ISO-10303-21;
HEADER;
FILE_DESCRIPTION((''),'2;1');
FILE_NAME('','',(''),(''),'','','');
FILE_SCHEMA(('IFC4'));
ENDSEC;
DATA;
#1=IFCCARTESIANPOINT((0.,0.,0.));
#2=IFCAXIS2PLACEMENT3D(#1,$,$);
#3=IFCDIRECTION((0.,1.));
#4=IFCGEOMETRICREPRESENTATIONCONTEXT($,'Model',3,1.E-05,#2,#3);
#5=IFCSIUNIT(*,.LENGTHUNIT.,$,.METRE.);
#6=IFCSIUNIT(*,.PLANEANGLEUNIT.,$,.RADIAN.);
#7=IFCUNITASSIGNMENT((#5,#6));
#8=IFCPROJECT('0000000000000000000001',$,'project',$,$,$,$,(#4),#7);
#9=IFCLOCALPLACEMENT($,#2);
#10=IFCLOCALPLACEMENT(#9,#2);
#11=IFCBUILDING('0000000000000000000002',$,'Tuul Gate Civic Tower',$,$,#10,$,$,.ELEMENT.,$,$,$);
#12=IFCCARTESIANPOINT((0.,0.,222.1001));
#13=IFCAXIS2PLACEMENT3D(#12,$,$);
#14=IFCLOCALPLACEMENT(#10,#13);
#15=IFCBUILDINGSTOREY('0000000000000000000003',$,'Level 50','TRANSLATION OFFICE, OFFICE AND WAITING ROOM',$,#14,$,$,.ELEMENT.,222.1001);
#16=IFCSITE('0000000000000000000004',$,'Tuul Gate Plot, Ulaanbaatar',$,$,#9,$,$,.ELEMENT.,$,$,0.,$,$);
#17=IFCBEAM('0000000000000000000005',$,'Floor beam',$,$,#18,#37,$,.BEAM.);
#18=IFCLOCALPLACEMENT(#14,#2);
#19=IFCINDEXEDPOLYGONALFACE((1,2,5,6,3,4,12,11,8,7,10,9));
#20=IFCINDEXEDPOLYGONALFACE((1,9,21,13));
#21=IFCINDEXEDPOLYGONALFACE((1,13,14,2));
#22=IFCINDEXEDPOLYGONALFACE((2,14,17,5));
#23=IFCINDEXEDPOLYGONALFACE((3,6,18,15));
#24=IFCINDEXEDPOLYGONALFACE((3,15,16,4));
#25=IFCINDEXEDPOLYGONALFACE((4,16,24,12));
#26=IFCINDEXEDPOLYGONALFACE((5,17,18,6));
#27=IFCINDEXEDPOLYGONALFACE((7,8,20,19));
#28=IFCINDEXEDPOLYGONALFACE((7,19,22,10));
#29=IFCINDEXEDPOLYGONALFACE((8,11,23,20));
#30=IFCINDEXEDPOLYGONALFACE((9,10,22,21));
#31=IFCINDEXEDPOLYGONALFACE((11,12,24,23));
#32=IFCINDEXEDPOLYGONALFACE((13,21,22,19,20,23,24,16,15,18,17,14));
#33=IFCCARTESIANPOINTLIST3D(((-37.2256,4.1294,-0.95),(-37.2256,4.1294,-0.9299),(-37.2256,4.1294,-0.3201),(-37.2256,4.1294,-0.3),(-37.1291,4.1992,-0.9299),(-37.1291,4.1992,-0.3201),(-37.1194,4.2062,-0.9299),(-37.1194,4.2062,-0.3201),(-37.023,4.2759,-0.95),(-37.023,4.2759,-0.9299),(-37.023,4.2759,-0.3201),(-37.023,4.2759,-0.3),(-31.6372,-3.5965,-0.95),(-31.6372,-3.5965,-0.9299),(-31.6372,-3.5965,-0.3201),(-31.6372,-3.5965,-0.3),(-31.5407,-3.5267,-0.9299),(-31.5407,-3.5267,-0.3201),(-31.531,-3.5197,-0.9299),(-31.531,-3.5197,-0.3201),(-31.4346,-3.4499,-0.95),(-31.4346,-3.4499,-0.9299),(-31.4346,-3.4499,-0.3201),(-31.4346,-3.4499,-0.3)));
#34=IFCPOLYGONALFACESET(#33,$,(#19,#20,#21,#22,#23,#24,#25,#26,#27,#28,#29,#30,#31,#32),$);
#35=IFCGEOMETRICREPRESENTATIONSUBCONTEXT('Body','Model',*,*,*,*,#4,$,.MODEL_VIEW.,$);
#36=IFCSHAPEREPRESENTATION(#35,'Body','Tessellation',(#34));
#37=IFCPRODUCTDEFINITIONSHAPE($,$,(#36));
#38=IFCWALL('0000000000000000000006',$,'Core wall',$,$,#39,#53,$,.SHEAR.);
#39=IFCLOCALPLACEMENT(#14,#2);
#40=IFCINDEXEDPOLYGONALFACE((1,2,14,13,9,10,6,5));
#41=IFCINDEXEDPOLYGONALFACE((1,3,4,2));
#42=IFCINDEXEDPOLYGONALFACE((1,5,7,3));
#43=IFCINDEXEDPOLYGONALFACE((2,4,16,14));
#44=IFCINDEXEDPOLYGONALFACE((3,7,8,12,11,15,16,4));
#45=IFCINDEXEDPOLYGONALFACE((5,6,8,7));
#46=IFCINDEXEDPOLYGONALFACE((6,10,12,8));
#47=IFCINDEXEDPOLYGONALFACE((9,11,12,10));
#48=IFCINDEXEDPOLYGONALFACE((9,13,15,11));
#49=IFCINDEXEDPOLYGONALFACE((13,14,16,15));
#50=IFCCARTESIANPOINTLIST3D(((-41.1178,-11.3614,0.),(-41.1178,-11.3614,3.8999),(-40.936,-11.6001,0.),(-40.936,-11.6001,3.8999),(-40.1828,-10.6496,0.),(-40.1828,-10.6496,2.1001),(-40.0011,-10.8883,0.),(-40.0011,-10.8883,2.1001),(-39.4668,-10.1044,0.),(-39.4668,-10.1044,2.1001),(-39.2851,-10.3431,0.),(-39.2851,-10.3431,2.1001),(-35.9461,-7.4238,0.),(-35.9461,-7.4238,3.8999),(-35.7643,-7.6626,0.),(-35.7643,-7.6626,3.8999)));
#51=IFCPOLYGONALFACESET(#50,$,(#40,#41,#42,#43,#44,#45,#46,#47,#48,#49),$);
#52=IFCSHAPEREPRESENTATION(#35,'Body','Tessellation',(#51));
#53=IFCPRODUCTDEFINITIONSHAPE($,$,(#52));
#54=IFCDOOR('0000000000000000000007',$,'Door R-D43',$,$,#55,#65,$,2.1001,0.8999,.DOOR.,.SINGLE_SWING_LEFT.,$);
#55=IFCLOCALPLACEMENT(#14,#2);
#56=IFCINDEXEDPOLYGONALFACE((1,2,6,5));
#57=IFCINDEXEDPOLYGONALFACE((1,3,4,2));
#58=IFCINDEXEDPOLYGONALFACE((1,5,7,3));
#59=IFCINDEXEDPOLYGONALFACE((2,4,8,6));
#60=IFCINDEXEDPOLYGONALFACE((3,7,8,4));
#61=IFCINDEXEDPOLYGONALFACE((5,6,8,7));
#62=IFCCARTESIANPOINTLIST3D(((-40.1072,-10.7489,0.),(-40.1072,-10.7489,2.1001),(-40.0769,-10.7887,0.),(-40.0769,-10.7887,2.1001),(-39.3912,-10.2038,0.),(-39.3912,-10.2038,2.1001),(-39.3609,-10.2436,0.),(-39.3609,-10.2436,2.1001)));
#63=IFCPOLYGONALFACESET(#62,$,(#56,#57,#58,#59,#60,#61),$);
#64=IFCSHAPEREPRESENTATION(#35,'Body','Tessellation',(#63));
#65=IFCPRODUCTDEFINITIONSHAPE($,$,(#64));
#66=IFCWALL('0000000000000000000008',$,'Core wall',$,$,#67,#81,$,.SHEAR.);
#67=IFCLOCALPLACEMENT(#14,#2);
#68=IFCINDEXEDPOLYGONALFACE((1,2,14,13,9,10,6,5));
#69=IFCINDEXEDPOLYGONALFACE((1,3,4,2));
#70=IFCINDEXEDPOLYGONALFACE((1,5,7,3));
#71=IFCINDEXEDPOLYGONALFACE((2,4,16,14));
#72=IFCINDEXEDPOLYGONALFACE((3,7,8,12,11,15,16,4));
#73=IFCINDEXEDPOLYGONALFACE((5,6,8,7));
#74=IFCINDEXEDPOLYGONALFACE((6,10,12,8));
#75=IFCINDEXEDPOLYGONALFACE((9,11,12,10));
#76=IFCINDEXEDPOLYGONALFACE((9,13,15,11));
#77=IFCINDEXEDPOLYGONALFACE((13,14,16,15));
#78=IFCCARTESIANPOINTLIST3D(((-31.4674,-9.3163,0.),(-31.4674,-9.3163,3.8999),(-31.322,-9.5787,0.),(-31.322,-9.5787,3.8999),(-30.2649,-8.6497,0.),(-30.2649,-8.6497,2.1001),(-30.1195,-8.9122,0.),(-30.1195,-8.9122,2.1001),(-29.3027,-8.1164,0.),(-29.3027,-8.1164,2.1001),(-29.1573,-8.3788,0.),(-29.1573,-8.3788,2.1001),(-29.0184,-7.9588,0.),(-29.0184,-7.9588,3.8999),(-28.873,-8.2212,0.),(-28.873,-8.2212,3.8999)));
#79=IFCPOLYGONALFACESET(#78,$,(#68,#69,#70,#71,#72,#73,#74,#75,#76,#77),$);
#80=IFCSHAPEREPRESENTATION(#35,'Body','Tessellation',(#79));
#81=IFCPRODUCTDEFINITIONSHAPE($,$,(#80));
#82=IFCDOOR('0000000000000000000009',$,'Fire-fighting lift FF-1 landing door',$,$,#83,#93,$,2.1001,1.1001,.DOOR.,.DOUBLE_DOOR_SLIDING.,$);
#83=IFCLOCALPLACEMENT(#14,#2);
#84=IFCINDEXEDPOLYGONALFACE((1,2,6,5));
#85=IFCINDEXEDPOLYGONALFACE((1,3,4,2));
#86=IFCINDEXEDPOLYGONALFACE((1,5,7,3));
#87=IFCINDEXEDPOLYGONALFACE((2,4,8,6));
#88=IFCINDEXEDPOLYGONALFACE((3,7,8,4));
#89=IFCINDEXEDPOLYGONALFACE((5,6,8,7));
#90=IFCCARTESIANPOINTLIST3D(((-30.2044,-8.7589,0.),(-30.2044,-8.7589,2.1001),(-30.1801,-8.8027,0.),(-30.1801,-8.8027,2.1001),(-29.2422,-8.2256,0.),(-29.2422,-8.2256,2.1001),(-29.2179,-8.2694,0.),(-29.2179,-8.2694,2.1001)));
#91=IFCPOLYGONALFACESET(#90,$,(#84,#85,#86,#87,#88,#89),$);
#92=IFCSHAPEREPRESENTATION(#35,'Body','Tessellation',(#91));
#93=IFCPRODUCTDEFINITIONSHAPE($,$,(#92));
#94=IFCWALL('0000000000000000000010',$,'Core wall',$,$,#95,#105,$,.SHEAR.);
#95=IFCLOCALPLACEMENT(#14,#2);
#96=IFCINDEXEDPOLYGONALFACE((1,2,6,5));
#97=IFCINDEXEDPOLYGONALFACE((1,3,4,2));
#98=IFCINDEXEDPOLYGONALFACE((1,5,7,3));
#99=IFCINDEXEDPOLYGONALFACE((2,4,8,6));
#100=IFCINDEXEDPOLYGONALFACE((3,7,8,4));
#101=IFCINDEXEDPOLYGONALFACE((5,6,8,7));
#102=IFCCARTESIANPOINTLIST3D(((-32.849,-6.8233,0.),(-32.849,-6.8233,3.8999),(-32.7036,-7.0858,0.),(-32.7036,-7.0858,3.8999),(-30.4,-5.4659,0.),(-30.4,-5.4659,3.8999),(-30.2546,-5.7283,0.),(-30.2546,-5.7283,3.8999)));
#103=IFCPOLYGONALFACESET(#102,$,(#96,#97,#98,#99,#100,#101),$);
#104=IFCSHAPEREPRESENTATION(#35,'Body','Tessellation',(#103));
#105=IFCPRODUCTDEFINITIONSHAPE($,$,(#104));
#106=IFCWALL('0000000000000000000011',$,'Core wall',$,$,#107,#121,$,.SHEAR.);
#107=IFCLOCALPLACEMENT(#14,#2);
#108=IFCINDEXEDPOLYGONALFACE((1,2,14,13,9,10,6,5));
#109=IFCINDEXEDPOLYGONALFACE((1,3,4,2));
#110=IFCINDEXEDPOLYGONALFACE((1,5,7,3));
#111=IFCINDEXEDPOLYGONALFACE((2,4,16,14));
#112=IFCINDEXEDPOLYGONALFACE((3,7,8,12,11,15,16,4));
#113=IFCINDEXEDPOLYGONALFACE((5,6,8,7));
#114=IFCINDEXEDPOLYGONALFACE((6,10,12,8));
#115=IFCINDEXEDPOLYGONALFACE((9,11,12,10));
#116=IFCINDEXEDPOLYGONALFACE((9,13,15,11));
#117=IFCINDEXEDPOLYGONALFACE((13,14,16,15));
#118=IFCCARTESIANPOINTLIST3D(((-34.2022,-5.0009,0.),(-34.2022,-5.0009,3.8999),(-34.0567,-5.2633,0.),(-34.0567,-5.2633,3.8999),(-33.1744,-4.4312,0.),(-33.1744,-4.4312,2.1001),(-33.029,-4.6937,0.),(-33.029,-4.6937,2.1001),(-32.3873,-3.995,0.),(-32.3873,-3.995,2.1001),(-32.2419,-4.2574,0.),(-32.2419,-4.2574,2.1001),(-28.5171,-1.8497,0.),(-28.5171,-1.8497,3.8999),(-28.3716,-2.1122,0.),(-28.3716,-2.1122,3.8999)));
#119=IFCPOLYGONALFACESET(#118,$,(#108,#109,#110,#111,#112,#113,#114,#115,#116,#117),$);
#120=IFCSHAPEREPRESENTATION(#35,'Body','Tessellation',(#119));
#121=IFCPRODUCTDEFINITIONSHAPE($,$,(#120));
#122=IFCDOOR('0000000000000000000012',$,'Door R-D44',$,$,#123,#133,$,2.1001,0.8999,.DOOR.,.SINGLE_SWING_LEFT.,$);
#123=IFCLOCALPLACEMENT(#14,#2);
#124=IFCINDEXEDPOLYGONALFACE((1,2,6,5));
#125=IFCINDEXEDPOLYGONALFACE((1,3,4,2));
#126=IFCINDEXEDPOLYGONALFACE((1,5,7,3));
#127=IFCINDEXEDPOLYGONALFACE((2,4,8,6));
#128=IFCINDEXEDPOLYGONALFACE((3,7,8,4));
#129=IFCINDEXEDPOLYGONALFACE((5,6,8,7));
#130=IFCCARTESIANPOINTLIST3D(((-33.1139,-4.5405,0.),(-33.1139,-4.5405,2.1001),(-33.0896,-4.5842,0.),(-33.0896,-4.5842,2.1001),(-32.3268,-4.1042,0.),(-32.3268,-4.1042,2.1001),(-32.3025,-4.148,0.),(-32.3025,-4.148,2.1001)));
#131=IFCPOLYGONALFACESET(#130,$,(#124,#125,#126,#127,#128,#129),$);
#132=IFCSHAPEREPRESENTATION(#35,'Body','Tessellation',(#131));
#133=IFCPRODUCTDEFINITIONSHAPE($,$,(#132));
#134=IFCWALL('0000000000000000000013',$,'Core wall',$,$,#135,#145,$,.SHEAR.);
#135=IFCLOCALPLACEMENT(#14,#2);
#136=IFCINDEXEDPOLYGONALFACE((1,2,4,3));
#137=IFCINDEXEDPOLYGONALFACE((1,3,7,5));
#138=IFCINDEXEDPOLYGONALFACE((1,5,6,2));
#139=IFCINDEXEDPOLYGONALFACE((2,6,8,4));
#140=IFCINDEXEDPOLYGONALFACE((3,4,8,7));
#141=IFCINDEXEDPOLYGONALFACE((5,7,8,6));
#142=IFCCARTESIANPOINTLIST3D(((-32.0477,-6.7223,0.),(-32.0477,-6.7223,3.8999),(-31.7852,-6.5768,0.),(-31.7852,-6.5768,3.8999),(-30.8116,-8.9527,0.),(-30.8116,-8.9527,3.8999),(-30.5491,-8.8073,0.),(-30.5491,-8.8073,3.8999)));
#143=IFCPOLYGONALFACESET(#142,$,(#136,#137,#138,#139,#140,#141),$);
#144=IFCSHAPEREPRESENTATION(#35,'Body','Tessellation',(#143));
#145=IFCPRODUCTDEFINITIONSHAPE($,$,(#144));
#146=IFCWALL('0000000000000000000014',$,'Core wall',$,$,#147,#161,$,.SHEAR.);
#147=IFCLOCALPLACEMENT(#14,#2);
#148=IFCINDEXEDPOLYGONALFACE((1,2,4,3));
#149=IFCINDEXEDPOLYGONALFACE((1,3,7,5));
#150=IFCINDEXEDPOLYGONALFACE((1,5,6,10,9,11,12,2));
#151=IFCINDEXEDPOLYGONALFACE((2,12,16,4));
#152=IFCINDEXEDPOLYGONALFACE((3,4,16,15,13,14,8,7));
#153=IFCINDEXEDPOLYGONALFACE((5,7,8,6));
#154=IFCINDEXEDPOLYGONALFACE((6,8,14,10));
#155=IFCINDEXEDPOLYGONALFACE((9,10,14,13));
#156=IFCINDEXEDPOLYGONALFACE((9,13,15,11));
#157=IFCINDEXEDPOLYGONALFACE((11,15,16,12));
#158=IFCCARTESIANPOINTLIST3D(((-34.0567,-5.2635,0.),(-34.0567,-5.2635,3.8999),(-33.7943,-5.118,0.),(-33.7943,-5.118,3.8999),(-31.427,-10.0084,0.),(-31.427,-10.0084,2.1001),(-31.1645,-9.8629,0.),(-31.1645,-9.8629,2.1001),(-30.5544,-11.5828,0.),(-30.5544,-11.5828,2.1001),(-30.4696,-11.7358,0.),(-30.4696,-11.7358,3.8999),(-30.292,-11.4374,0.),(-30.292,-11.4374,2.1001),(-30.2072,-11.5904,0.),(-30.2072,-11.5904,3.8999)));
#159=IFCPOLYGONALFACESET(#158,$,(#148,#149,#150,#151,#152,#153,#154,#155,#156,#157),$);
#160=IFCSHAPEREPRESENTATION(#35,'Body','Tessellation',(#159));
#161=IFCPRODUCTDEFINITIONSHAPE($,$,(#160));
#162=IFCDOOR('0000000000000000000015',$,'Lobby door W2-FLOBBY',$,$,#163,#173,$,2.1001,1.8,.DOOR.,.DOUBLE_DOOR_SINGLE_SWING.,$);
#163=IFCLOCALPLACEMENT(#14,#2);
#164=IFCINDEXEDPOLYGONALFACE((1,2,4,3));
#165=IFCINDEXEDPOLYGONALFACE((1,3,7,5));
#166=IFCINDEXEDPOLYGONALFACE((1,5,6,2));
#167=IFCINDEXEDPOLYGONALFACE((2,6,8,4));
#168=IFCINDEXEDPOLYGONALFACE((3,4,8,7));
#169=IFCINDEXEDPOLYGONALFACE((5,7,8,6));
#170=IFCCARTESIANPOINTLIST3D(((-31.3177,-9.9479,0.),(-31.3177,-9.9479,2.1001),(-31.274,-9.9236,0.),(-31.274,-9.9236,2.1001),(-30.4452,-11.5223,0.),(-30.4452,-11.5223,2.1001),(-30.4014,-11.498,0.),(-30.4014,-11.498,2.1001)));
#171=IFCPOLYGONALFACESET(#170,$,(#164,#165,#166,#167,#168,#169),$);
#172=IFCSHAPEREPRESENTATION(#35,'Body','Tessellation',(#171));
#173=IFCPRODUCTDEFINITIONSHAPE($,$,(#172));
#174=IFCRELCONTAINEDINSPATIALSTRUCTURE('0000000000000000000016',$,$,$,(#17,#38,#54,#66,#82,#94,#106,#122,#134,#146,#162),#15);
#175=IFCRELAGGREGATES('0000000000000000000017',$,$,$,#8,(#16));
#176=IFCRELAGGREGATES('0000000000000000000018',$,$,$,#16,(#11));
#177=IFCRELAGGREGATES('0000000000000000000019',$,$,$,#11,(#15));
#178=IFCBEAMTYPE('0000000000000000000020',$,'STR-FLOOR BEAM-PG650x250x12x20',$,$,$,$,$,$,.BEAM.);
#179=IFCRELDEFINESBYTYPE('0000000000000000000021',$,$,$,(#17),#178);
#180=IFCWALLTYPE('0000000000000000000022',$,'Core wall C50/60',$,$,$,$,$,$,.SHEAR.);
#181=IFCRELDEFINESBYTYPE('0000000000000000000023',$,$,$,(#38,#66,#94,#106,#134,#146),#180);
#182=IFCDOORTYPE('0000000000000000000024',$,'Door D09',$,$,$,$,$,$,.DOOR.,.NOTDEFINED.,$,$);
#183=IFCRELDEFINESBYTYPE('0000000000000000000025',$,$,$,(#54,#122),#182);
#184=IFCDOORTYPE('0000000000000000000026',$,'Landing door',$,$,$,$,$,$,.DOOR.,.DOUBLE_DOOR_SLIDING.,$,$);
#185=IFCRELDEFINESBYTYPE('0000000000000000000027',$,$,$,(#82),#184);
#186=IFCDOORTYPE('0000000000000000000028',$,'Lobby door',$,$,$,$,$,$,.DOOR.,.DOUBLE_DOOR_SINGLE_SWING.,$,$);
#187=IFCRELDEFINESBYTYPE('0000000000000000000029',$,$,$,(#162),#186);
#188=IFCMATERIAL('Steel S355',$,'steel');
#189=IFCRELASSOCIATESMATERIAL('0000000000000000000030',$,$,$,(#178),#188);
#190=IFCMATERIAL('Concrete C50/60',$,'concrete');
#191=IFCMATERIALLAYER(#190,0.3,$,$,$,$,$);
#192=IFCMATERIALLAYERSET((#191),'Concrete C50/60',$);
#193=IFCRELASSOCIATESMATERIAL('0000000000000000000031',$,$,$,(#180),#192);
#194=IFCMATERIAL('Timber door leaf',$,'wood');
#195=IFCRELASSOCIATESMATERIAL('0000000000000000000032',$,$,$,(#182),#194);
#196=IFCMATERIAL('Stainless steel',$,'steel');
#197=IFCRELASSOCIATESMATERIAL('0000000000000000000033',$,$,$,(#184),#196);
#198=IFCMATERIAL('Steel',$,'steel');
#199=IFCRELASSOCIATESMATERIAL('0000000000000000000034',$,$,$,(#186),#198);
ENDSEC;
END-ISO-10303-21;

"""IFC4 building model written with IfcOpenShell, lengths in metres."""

from ifc_helpers import new_model, si_unit, direction, frame, frame_2d, origin, origin_2d, place, context, subcontext, project, spatial, rectangle, i_section, extrude, material, layer, layer_set, material_profile, profile_set, type_object, element, fill, save


model = new_model("IFC4")

# Units and contexts
model_context = context("Model", 3, precision=1e-05, world=origin(), true_north=direction((0.0, 1.0)))
body_context = subcontext(model_context, "Body", "Model", "MODEL_VIEW")
ifc_project = project(units=[si_unit("LENGTHUNIT", "METRE"), si_unit("PLANEANGLEUNIT", "RADIAN")], contexts=[model_context])

# Site, building, storey
site_placement = place(None, origin())
site = spatial("IfcSite", under=ifc_project, at=site_placement, Name="Tuul Gate Plot, Ulaanbaatar", CompositionType="ELEMENT", RefElevation=0.0)
building_placement = place(site_placement, origin())
building = spatial("IfcBuilding", under=site, at=building_placement, Name="Tuul Gate Civic Tower", CompositionType="ELEMENT")
storey_placement = place(building_placement, frame((0.0, 0.0, 222.1001)))
storey = spatial("IfcBuildingStorey", under=building, at=storey_placement, Name="Level 50", Description="TRANSLATION OFFICE, OFFICE AND WAITING ROOM", CompositionType="ELEMENT", Elevation=222.1001)

# Beam
ifc_material_1 = material(Name="Steel S355", Category="steel")
ifc_material_profile = material_profile(ifc_material_1, i_section(OverallWidth=0.25, OverallDepth=0.6499, WebThickness=0.012, FlangeThickness=0.02, at=origin_2d()), Name="PG650x250x12x20")
ifc_profile_set = profile_set([ifc_material_profile], Name="Steel S355")
beam_type = type_object("IfcBeamType", Name="STR-FLOOR BEAM-PG650x250x12x20", PredefinedType="BEAM", material=ifc_profile_set)
beam_placement = place(storey_placement, frame((-31.5359, -3.5232, -0.625), z_axis=(-0.586084, 0.81025, 0.0), x_axis=(-0.81025, -0.586084, 0.0)))
element("IfcBeam", 1, at=beam_placement, inside=storey, type_object=beam_type, Name="Floor beam", PredefinedType="BEAM", context=body_context, shape_type="SweptSolid", body=[
    extrude(i_section(OverallWidth=0.25, OverallDepth=0.6499, WebThickness=0.012, FlangeThickness=0.02, at=origin_2d()), origin(), (0.0, 0.0, 1.0), 9.5352),
])

# Walls, openings, doors
ifc_material_2 = material(Name="Concrete C50/60", Category="concrete")
ifc_layer_1 = layer(ifc_material_2, 0.3)
ifc_layer_set_1 = layer_set([ifc_layer_1], Name="Concrete C50/60")
wall_type_1 = type_object("IfcWallType", Name="Core wall C50/60", PredefinedType="SHEAR", material=ifc_layer_set_1)
wall_1_placement = place(storey_placement, frame((-35.8552, -7.5432, 0.0), z_axis=(0.0, 0.0, 1.0), x_axis=(-0.795639, -0.605772, 0.0)))
wall_1 = element("IfcWall", 2, at=wall_1_placement, inside=storey, type_object=wall_type_1, Name="Core wall", PredefinedType="SHEAR", context=body_context, shape_type="SweptSolid", body=[
    extrude(rectangle(XDim=6.5, YDim=0.3, at=frame_2d((3.25, 0.0))), origin(), (0.0, 0.0, 1.0), 3.8999),
])
opening_1_placement = place(wall_1_placement, frame((4.425, 0.0, 0.0)))
opening_1 = element("IfcOpeningElement", 3, at=opening_1_placement, cuts=wall_1, PredefinedType="OPENING", context=body_context, shape_type="SweptSolid", body=[
    extrude(rectangle(XDim=0.8999, YDim=2.1001, at=frame_2d((0.45, 1.05))), frame((0.0, 0.1602, 0.0), z_axis=(0.0, -1.0, 0.0), x_axis=(1.0, 0.0, 0.0)), (0.0, 0.0, 1.0), 0.3201),
])
ifc_material_3 = material(Name="Timber door leaf", Category="wood")
door_type_1 = type_object("IfcDoorType", Name="Door D09", OperationType="NOTDEFINED", PredefinedType="DOOR", material=ifc_material_3)
door_1_placement = place(opening_1_placement, origin())
door_1 = element("IfcDoor", 4, at=door_1_placement, inside=storey, type_object=door_type_1, Name="Door R-D43", OperationType="SINGLE_SWING_LEFT", OverallHeight=2.1001, OverallWidth=0.8999, PredefinedType="DOOR", context=body_context, shape_type="SweptSolid", body=[
    extrude(rectangle(XDim=0.8999, YDim=2.1001, at=frame_2d((0.45, 1.05))), frame((0.0, 0.0249, 0.0), z_axis=(0.0, -1.0, 0.0), x_axis=(1.0, 0.0, 0.0)), (0.0, 0.0, 1.0), 0.05),
])
fill(opening_1, door_1)
wall_2_placement = place(storey_placement, frame((-28.9458, -8.0901, 0.0), z_axis=(0.0, 0.0, 1.0), x_axis=(-0.87463, -0.484791, 0.0)))
wall_2 = element("IfcWall", 5, at=wall_2_placement, inside=storey, type_object=wall_type_1, Name="Core wall", PredefinedType="SHEAR", context=body_context, shape_type="SweptSolid", body=[
    extrude(rectangle(XDim=2.8, YDim=0.3, at=frame_2d((1.3999, 0.0))), origin(), (0.0, 0.0, 1.0), 3.8999),
])
opening_2_placement = place(wall_2_placement, frame((0.325, 0.0, 0.0)))
opening_2 = element("IfcOpeningElement", 6, at=opening_2_placement, cuts=wall_2, PredefinedType="OPENING", context=body_context, shape_type="SweptSolid", body=[
    extrude(rectangle(XDim=1.1001, YDim=2.1001, at=frame_2d((0.55, 1.05))), frame((0.0, 0.1602, 0.0), z_axis=(0.0, -1.0, 0.0), x_axis=(1.0, 0.0, 0.0)), (0.0, 0.0, 1.0), 0.3201),
])
ifc_material_4 = material(Name="Stainless steel", Category="steel")
door_type_2 = type_object("IfcDoorType", Name="Landing door", OperationType="DOUBLE_DOOR_SLIDING", PredefinedType="DOOR", material=ifc_material_4)
door_2_placement = place(opening_2_placement, origin())
door_2 = element("IfcDoor", 7, at=door_2_placement, inside=storey, type_object=door_type_2, Name="Fire-fighting lift FF-1 landing door", OperationType="DOUBLE_DOOR_SLIDING", OverallHeight=2.1001, OverallWidth=1.1001, PredefinedType="DOOR", context=body_context, shape_type="SweptSolid", body=[
    extrude(rectangle(XDim=1.1001, YDim=2.1001, at=frame_2d((0.55, 1.05))), frame((0.0, 0.0249, 0.0), z_axis=(0.0, -1.0, 0.0), x_axis=(1.0, 0.0, 0.0)), (0.0, 0.0, 1.0), 0.05),
])
fill(opening_2, door_2)

# Wall
wall_3_placement = place(storey_placement, frame((-30.3274, -5.5972, 0.0), z_axis=(0.0, 0.0, 1.0), x_axis=(-0.87463, -0.484791, 0.0)))
element("IfcWall", 8, at=wall_3_placement, inside=storey, type_object=wall_type_1, Name="Core wall", PredefinedType="SHEAR", context=body_context, shape_type="SweptSolid", body=[
    extrude(rectangle(XDim=2.8, YDim=0.3, at=frame_2d((1.3999, 0.0))), origin(), (0.0, 0.0, 1.0), 3.8999),
])

# Wall, opening, door
wall_4_placement = place(storey_placement, frame((-28.4443, -1.981, 0.0), z_axis=(0.0, 0.0, 1.0), x_axis=(-0.87463, -0.484791, 0.0)))
wall_4 = element("IfcWall", 9, at=wall_4_placement, inside=storey, type_object=wall_type_1, Name="Core wall", PredefinedType="SHEAR", context=body_context, shape_type="SweptSolid", body=[
    extrude(rectangle(XDim=6.5, YDim=0.3, at=frame_2d((3.25, 0.0))), origin(), (0.0, 0.0, 1.0), 3.8999),
])
opening_3_placement = place(wall_4_placement, frame((4.425, 0.0, 0.0)))
opening_3 = element("IfcOpeningElement", 10, at=opening_3_placement, cuts=wall_4, PredefinedType="OPENING", context=body_context, shape_type="SweptSolid", body=[
    extrude(rectangle(XDim=0.8999, YDim=2.1001, at=frame_2d((0.45, 1.05))), frame((0.0, 0.1602, 0.0), z_axis=(0.0, -1.0, 0.0), x_axis=(1.0, 0.0, 0.0)), (0.0, 0.0, 1.0), 0.3201),
])
door_3_placement = place(opening_3_placement, origin())
door_3 = element("IfcDoor", 11, at=door_3_placement, inside=storey, type_object=door_type_1, Name="Door R-D44", OperationType="SINGLE_SWING_LEFT", OverallHeight=2.1001, OverallWidth=0.8999, PredefinedType="DOOR", context=body_context, shape_type="SweptSolid", body=[
    extrude(rectangle(XDim=0.8999, YDim=2.1001, at=frame_2d((0.45, 1.05))), frame((0.0, 0.0249, 0.0), z_axis=(0.0, -1.0, 0.0), x_axis=(1.0, 0.0, 0.0)), (0.0, 0.0, 1.0), 0.05),
])
fill(opening_3, door_3)

# Wall
wall_5_placement = place(storey_placement, frame((-30.6804, -8.8799, 0.0), z_axis=(0.0, 0.0, 1.0), x_axis=(-0.484724, 0.874667, 0.0)))
element("IfcWall", 12, at=wall_5_placement, inside=storey, type_object=wall_type_1, Name="Core wall", PredefinedType="SHEAR", context=body_context, shape_type="SweptSolid", body=[
    extrude(rectangle(XDim=2.55, YDim=0.3, at=frame_2d((1.2749, 0.0))), origin(), (0.0, 0.0, 1.0), 3.8999),
])

# Wall, opening, door
wall_6_placement = place(storey_placement, frame((-30.3384, -11.6631, 0.0), z_axis=(0.0, 0.0, 1.0), x_axis=(-0.484752, 0.874652, 0.0)))
wall_6 = element("IfcWall", 13, at=wall_6_placement, inside=storey, type_object=wall_type_1, Name="Core wall", PredefinedType="SHEAR", context=body_context, shape_type="SweptSolid", body=[
    extrude(rectangle(XDim=7.3999, YDim=0.3, at=frame_2d((3.7, 0.0))), origin(), (0.0, 0.0, 1.0), 3.8999),
])
opening_4_placement = place(wall_6_placement, frame((0.175, 0.0, 0.0)))
opening_4 = element("IfcOpeningElement", 14, at=opening_4_placement, cuts=wall_6, PredefinedType="OPENING", context=body_context, shape_type="SweptSolid", body=[
    extrude(rectangle(XDim=1.8, YDim=2.1001, at=frame_2d((0.8999, 1.05))), frame((0.0, 0.1602, 0.0), z_axis=(0.0, -1.0, 0.0), x_axis=(1.0, 0.0, 0.0)), (0.0, 0.0, 1.0), 0.3201),
])
ifc_material_5 = material(Name="Steel", Category="steel")
door_type_3 = type_object("IfcDoorType", Name="Lobby door", OperationType="DOUBLE_DOOR_SINGLE_SWING", PredefinedType="DOOR", material=ifc_material_5)
door_4_placement = place(opening_4_placement, frame((1.8, 0.0, 0.0), z_axis=(0.0, 0.0, 1.0), x_axis=(-1.0, 0.0, 0.0)))
door_4 = element("IfcDoor", 15, at=door_4_placement, inside=storey, type_object=door_type_3, Name="Lobby door W2-FLOBBY", OperationType="DOUBLE_DOOR_SINGLE_SWING", OverallHeight=2.1001, OverallWidth=1.8, PredefinedType="DOOR", context=body_context, shape_type="SweptSolid", body=[
    extrude(rectangle(XDim=1.8, YDim=2.1001, at=frame_2d((0.9001, 1.05))), frame((0.0, 0.0249, 0.0), z_axis=(0.0, -1.0, 0.0), x_axis=(1.0, 0.0, 0.0)), (0.0, 0.0, 1.0), 0.05),
])
fill(opening_4, door_4)

save(model, "model.ifc")
